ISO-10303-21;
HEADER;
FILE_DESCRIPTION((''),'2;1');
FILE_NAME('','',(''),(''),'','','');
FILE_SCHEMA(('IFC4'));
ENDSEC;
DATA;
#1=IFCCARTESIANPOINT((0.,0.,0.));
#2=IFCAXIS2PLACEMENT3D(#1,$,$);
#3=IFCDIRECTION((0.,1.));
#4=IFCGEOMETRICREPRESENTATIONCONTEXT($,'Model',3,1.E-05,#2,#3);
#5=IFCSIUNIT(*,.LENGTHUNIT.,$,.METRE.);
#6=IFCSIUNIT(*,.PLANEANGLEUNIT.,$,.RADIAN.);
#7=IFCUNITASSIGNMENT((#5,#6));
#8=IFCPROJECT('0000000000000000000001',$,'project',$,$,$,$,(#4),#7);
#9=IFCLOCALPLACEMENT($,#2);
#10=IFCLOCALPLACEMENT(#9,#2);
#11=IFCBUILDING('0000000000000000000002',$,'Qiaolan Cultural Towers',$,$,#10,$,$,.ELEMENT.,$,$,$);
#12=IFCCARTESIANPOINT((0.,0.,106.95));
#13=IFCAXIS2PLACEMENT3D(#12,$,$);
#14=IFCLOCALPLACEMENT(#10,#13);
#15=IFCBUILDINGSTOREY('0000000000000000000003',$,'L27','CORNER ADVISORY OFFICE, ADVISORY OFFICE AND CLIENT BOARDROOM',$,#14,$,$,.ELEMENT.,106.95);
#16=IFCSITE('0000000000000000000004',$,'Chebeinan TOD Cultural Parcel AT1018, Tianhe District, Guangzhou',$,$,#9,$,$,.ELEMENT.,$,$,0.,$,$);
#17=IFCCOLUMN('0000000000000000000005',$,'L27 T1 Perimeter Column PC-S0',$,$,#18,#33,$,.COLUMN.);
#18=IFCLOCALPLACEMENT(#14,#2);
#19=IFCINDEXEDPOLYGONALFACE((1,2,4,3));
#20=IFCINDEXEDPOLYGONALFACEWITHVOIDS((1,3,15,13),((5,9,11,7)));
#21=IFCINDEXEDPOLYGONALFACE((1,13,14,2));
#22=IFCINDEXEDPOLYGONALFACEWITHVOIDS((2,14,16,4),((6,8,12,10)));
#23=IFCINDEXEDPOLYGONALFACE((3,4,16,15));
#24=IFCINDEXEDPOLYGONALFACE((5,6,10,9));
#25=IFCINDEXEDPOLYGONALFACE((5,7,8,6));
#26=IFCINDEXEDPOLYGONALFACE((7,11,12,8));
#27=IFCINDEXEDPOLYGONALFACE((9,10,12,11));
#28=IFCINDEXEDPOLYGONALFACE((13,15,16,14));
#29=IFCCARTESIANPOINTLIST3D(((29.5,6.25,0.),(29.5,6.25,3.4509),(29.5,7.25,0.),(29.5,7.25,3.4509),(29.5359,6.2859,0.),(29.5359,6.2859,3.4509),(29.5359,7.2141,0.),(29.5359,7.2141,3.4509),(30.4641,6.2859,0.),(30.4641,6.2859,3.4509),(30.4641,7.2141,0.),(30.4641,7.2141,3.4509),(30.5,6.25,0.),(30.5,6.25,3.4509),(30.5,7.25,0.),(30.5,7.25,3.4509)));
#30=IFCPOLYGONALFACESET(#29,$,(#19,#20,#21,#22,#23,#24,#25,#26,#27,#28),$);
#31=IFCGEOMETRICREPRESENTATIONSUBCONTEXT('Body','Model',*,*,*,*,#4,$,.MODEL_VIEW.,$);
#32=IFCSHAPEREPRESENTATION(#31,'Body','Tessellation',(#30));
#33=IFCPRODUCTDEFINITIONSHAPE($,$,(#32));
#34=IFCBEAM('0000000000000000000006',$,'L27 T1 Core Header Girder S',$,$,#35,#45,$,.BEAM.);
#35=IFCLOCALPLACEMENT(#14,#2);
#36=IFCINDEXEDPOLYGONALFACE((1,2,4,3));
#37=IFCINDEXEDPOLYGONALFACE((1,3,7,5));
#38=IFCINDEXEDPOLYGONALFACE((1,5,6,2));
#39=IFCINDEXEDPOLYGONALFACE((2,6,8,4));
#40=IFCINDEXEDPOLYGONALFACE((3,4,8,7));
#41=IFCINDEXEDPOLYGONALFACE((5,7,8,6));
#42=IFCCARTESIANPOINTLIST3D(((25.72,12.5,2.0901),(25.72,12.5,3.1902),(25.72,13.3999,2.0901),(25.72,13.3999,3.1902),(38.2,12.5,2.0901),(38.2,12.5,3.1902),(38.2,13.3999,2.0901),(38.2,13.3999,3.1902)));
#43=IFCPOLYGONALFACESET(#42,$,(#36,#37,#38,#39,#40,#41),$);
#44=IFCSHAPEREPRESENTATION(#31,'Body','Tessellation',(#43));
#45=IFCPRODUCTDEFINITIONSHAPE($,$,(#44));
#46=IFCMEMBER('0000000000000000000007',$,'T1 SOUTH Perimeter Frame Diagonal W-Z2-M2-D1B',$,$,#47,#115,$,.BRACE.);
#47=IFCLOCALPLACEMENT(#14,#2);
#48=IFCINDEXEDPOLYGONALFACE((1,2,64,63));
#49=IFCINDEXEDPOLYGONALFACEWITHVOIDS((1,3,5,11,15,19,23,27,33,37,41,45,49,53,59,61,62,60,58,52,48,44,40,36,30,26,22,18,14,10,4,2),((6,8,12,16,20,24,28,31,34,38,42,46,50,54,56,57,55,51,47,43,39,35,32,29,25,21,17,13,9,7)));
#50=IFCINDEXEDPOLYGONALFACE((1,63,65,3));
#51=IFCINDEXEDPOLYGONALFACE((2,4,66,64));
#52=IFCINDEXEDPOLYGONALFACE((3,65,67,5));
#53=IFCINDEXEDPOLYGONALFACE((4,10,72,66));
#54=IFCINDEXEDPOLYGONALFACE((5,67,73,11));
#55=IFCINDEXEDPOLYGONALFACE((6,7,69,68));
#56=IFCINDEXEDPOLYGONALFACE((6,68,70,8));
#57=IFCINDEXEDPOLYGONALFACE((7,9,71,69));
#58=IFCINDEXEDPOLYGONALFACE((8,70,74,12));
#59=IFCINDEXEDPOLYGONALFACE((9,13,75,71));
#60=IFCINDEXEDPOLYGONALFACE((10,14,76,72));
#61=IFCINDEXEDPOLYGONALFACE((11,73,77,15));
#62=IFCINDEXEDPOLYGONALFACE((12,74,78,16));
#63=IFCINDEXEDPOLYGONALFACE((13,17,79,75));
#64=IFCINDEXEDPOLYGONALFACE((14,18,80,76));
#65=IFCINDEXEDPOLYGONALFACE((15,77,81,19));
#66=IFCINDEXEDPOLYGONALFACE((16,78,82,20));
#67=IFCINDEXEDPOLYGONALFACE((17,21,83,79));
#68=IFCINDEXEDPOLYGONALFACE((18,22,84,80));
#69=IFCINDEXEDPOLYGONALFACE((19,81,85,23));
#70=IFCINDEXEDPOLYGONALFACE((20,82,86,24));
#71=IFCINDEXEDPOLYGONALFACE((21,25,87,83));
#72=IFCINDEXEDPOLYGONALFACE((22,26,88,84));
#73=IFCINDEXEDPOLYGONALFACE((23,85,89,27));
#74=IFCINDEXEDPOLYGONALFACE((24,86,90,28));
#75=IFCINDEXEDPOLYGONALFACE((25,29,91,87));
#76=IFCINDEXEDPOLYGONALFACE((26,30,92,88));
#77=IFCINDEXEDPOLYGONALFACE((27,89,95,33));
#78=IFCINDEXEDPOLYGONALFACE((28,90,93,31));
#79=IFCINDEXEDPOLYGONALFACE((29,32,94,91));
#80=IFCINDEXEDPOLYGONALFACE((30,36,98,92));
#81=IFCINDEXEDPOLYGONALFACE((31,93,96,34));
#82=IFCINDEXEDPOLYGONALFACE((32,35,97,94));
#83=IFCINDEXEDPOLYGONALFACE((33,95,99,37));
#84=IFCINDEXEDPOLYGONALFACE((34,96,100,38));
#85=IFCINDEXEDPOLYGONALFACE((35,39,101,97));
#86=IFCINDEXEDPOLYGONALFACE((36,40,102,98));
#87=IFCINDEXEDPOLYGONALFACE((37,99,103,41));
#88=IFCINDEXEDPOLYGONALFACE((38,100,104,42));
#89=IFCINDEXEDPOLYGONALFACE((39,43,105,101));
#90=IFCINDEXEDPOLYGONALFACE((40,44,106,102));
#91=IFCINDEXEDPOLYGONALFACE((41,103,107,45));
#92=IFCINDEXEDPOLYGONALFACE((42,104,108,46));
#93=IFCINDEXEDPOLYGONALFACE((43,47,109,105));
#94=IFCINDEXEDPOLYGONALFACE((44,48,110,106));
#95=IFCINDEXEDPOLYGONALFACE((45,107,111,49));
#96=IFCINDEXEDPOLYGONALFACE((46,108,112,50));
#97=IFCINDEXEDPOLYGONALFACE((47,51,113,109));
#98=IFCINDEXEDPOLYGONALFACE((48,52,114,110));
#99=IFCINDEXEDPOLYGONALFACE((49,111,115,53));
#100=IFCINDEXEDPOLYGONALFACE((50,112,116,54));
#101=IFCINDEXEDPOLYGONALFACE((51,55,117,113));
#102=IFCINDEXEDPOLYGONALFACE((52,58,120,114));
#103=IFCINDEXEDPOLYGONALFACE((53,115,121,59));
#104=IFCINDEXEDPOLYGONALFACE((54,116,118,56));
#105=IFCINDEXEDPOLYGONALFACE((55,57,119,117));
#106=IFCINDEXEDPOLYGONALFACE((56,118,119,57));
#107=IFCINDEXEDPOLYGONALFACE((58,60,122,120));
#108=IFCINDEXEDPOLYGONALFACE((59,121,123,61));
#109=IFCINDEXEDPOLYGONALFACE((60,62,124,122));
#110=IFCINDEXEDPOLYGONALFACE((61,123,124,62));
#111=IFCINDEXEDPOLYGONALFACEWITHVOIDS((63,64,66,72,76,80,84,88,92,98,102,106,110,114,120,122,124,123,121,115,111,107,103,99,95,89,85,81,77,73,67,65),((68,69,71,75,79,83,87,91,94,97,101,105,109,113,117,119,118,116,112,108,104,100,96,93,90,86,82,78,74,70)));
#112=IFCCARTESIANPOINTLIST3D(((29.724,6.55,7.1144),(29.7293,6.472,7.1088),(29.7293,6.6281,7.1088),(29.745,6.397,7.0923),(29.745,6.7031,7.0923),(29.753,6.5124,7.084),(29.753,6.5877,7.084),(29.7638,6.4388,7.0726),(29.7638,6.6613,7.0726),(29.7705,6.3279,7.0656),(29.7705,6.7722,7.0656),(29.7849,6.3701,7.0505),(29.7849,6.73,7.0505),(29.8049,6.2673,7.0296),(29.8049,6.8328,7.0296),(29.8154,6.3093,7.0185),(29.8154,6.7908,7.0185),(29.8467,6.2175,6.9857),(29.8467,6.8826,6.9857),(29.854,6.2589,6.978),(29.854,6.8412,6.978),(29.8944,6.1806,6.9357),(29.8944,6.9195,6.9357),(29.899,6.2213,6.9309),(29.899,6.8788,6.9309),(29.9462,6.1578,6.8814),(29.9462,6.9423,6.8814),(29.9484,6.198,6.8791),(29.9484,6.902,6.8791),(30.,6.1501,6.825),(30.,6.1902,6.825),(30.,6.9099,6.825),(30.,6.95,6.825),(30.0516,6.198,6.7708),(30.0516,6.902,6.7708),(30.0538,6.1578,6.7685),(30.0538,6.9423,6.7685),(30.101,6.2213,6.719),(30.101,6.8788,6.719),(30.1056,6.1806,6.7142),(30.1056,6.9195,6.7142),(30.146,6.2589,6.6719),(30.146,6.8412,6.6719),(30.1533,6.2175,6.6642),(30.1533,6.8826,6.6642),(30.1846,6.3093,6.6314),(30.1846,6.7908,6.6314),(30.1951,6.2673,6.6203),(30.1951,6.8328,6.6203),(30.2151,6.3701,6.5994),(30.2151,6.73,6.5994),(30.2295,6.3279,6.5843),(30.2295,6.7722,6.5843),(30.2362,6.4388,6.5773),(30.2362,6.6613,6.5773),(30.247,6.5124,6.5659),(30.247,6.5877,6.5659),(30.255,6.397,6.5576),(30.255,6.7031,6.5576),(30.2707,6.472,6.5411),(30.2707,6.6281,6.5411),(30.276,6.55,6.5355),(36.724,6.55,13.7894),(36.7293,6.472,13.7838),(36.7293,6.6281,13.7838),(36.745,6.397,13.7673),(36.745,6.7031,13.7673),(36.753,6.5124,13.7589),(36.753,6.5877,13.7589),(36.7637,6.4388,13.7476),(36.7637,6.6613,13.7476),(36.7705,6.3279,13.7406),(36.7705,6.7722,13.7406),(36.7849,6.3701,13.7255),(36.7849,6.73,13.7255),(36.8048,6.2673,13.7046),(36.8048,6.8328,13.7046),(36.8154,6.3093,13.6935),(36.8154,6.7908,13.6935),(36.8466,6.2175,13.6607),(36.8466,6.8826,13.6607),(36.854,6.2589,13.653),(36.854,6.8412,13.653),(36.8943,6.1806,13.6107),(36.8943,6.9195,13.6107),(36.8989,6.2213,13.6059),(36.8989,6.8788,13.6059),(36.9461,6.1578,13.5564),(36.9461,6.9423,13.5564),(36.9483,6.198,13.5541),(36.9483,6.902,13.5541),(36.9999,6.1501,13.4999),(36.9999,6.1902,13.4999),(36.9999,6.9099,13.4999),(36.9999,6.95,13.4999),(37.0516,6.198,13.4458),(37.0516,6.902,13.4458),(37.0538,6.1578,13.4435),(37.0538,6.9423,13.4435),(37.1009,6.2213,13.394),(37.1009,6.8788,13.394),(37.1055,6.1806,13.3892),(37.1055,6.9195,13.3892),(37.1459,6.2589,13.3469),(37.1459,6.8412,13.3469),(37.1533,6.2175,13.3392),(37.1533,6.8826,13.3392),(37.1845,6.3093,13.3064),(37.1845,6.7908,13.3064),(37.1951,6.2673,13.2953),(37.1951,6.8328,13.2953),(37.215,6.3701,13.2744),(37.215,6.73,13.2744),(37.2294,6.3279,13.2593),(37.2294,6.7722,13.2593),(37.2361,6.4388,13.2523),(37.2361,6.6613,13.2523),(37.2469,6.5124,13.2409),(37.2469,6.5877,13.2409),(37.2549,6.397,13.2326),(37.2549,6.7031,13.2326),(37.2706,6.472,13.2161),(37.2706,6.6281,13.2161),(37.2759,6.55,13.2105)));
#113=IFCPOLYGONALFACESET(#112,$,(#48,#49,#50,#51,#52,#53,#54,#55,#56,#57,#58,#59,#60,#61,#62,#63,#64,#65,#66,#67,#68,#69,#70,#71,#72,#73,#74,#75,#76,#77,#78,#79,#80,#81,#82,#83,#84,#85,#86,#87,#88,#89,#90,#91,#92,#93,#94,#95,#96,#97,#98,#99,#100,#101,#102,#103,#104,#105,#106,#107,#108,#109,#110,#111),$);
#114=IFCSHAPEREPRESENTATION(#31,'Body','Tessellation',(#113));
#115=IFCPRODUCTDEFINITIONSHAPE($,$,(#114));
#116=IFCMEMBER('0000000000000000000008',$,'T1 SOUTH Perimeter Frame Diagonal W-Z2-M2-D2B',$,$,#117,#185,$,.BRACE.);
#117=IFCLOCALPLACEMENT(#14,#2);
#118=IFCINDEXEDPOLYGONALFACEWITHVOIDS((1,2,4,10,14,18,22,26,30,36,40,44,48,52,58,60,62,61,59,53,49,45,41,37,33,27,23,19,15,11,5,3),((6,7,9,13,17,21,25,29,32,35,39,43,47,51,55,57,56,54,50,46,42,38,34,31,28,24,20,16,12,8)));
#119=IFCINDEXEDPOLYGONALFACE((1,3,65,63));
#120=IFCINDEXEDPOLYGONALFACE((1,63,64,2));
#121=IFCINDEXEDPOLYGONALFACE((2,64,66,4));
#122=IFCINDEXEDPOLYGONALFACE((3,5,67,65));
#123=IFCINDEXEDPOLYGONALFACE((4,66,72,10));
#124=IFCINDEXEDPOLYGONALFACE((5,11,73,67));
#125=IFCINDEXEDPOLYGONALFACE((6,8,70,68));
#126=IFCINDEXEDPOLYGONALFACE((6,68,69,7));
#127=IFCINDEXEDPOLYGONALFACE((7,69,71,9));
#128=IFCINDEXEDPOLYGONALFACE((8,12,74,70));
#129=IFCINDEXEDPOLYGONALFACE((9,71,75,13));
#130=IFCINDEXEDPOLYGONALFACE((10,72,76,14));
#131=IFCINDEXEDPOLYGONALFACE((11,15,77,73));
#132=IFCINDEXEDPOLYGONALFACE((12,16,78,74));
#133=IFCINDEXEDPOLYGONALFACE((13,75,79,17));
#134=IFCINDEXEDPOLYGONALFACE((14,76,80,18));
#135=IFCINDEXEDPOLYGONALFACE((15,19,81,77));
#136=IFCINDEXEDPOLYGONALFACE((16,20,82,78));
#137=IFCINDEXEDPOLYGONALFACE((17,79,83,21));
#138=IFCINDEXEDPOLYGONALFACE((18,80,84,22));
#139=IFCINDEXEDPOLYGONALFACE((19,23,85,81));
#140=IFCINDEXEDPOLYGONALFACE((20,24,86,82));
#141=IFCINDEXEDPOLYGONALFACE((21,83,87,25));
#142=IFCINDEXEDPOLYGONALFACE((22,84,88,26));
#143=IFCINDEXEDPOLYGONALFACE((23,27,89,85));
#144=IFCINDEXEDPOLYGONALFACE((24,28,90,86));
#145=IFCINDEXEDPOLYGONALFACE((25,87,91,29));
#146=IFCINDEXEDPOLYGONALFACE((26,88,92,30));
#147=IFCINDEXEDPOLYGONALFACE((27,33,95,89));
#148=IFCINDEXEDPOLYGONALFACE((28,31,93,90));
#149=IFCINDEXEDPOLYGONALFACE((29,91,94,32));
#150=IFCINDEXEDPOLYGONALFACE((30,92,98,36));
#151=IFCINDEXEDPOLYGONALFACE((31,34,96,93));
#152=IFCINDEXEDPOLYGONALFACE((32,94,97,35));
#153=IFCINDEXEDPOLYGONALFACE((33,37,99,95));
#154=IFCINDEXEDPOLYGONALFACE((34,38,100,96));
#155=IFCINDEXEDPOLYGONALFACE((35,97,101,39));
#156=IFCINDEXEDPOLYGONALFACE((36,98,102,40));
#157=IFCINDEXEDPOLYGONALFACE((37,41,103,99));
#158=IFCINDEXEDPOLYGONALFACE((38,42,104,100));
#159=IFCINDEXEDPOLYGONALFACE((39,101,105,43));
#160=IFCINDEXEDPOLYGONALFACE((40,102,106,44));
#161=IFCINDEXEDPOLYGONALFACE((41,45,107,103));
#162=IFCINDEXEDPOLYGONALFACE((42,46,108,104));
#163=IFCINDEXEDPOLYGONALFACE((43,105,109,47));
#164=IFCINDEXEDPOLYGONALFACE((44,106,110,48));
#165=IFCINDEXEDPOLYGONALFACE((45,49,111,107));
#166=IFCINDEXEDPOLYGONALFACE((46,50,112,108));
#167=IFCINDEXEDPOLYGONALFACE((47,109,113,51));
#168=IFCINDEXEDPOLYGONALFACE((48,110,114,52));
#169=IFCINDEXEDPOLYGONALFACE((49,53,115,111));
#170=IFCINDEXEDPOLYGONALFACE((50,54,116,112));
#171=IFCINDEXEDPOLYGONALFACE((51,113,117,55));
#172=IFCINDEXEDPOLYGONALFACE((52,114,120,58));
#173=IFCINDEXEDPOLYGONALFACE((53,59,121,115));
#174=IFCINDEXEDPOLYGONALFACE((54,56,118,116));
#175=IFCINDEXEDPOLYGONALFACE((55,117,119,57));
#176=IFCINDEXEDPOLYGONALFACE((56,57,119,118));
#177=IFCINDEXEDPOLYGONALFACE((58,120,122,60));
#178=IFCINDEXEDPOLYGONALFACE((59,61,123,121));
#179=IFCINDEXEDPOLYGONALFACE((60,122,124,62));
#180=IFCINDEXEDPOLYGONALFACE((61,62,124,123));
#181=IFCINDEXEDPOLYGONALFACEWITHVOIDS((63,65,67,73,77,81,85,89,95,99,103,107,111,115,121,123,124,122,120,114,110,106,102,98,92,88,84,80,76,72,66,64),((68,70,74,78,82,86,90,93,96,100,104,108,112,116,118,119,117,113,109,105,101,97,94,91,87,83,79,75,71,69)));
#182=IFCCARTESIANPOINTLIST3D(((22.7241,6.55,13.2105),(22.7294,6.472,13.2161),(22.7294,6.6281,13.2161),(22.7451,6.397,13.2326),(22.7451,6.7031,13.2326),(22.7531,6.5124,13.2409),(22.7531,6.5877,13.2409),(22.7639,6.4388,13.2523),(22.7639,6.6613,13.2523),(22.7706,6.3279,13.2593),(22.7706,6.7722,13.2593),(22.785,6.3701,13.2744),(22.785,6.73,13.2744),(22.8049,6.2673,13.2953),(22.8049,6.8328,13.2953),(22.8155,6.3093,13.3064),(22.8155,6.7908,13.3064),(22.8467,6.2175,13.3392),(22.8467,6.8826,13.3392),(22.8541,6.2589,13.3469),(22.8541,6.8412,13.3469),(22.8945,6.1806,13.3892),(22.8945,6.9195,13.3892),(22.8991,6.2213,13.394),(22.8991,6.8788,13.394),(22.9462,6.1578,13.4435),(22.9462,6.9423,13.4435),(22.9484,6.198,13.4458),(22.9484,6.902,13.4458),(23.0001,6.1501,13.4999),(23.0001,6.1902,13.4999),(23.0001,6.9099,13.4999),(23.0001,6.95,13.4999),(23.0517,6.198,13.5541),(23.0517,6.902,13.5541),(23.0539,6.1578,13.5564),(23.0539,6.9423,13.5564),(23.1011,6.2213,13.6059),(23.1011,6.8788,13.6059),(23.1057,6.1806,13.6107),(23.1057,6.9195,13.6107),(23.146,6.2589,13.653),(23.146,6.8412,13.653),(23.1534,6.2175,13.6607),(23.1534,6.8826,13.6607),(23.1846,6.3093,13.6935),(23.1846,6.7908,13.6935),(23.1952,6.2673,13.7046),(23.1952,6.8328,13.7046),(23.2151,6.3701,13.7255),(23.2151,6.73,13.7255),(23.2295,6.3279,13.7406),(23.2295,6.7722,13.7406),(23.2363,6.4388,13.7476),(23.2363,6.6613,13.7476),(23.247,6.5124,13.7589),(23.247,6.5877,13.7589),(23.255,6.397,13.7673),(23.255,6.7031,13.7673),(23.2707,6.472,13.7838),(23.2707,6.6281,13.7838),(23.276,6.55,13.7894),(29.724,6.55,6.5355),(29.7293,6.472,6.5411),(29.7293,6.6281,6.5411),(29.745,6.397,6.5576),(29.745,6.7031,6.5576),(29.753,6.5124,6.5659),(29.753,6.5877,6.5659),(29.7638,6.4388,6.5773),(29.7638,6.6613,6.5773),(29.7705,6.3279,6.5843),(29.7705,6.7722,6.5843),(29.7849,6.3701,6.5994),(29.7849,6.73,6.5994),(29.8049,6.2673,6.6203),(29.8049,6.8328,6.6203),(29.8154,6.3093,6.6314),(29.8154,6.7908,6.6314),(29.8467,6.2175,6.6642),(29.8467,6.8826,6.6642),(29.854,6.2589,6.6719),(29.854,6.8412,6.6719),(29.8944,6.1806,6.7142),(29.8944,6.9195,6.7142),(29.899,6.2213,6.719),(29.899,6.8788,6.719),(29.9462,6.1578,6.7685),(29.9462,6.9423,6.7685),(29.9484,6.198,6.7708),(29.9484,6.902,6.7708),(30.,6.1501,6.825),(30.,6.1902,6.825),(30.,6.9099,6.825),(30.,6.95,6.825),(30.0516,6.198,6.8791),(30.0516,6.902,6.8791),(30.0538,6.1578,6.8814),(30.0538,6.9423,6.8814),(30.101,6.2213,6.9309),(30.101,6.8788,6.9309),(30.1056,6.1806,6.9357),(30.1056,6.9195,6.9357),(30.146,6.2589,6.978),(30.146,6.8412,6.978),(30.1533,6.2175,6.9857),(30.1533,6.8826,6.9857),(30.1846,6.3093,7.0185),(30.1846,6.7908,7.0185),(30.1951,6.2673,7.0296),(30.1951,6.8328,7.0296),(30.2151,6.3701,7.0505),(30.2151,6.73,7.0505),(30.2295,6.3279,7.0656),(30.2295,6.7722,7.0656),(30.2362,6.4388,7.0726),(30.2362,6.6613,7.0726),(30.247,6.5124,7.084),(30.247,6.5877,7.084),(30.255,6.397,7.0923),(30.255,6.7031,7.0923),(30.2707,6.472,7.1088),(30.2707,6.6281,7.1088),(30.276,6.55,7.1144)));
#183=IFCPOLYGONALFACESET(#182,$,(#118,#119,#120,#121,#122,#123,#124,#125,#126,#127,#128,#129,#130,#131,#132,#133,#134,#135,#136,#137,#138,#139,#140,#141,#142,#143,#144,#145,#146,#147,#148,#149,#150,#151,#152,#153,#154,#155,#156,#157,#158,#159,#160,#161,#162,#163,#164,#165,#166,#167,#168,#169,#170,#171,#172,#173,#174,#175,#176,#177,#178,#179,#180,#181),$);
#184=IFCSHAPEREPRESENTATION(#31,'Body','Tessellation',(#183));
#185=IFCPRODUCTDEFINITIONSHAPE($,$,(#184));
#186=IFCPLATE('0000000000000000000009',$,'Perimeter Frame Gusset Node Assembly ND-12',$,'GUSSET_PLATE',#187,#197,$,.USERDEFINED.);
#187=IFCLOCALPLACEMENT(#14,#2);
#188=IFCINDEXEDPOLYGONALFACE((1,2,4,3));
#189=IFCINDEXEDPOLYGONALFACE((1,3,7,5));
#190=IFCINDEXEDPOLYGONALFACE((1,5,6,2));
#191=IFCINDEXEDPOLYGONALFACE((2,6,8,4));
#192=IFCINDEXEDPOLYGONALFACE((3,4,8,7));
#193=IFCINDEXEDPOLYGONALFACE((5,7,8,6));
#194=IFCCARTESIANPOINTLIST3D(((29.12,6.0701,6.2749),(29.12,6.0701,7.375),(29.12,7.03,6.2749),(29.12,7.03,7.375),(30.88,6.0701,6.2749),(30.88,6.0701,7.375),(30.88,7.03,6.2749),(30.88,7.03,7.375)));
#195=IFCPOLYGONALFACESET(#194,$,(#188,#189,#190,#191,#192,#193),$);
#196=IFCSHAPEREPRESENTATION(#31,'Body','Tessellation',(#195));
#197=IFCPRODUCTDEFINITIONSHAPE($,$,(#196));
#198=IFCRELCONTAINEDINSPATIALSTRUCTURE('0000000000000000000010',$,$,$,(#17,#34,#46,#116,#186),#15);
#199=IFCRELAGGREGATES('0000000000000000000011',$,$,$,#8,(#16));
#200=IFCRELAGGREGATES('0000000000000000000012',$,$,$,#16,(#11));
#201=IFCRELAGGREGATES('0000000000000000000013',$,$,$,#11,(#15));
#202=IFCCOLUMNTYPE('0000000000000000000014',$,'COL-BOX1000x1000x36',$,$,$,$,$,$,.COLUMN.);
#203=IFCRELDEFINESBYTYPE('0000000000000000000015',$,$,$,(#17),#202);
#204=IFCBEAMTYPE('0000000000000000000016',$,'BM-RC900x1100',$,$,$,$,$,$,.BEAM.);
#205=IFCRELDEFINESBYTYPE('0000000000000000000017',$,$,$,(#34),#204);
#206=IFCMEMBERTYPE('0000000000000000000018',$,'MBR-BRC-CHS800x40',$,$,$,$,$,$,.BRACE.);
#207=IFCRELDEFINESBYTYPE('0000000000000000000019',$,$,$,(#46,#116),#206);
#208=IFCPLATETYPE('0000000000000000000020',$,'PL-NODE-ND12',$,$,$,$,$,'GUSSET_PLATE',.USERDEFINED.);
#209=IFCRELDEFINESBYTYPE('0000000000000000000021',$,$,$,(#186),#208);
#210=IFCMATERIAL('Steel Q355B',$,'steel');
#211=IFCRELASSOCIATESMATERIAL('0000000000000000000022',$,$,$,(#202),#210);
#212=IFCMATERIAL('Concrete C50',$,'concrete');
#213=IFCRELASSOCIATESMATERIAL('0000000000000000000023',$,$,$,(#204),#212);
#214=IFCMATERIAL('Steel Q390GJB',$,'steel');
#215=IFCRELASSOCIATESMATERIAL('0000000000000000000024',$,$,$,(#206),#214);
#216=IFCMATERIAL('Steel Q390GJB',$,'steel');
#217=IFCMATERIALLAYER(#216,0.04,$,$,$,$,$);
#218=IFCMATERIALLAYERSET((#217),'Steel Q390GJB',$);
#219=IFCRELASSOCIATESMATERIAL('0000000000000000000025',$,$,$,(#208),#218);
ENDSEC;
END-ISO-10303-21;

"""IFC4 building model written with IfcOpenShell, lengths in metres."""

from ifc_helpers import new_model, si_unit, direction, frame, origin, origin_2d, place, context, subcontext, project, spatial, rectangle, hollow_rectangle, hollow_circle, extrude, material, layer, layer_set, material_profile, profile_set, type_object, element, save


model = new_model("IFC4")

# Units and contexts
model_context = context("Model", 3, precision=1e-05, world=origin(), true_north=direction((0.0, 1.0)))
body_context = subcontext(model_context, "Body", "Model", "MODEL_VIEW")
ifc_project = project(units=[si_unit("LENGTHUNIT", "METRE"), si_unit("PLANEANGLEUNIT", "RADIAN")], contexts=[model_context])

# Site, building, storey
site_placement = place(None, origin())
site = spatial("IfcSite", under=ifc_project, at=site_placement, Name="Chebeinan TOD Cultural Parcel AT1018, Tianhe District, Guangzhou", CompositionType="ELEMENT", RefElevation=0.0)
building_placement = place(site_placement, origin())
building = spatial("IfcBuilding", under=site, at=building_placement, Name="Qiaolan Cultural Towers", CompositionType="ELEMENT")
storey_placement = place(building_placement, frame((0.0, 0.0, 106.95)))
storey = spatial("IfcBuildingStorey", under=building, at=storey_placement, Name="L27", Description="CORNER ADVISORY OFFICE, ADVISORY OFFICE AND CLIENT BOARDROOM", CompositionType="ELEMENT", Elevation=106.95)

# Column
ifc_material_1 = material(Name="Steel Q355B", Category="steel")
ifc_material_profile_1 = material_profile(ifc_material_1, hollow_rectangle(XDim=1.0, YDim=1.0, WallThickness=0.0359, at=origin_2d()), Name="BOX1000x1000x36")
ifc_profile_set_1 = profile_set([ifc_material_profile_1], Name="Steel Q355B")
column_type = type_object("IfcColumnType", Name="COL-BOX1000x1000x36", PredefinedType="COLUMN", material=ifc_profile_set_1)
column_placement = place(storey_placement, frame((30.0, 6.75, 0.0), z_axis=(0.0, 0.0, 1.0), x_axis=(1.0, 0.0, 0.0)))
element("IfcColumn", 1, at=column_placement, inside=storey, type_object=column_type, Name="L27 T1 Perimeter Column PC-S0", PredefinedType="COLUMN", context=body_context, shape_type="SweptSolid", body=[
    extrude(hollow_rectangle(XDim=1.0, YDim=1.0, WallThickness=0.0359, at=origin_2d()), origin(), (0.0, 0.0, 1.0), 3.4509),
])

# Beam
ifc_material_2 = material(Name="Concrete C50", Category="concrete")
ifc_material_profile_2 = material_profile(ifc_material_2, rectangle(XDim=0.8999, YDim=1.1001, at=origin_2d()), Name="RC900x1100")
ifc_profile_set_2 = profile_set([ifc_material_profile_2], Name="Concrete C50")
beam_type = type_object("IfcBeamType", Name="BM-RC900x1100", PredefinedType="BEAM", material=ifc_profile_set_2)
beam_placement = place(storey_placement, frame((25.72, 12.95, 2.6401), z_axis=(1.0, 0.0, 0.0), x_axis=(0.0, 1.0, 0.0)))
element("IfcBeam", 2, at=beam_placement, inside=storey, type_object=beam_type, Name="L27 T1 Core Header Girder S", PredefinedType="BEAM", context=body_context, shape_type="SweptSolid", body=[
    extrude(rectangle(XDim=0.8999, YDim=1.1001, at=origin_2d()), origin(), (0.0, 0.0, 1.0), 12.48),
])

# Members
ifc_material_3 = material(Name="Steel Q390GJB", Category="steel")
ifc_material_profile_3 = material_profile(ifc_material_3, hollow_circle(Radius=0.3999, WallThickness=0.04, at=origin_2d()), Name="CHS800x40")
ifc_profile_set_3 = profile_set([ifc_material_profile_3], Name="Steel Q390GJB")
member_type = type_object("IfcMemberType", Name="MBR-BRC-CHS800x40", PredefinedType="BRACE", material=ifc_profile_set_3)
for number, where, z_axis, x_axis, name in (
    (3, (30.0, 6.55, 6.825), (0.723705, 0.0, 0.690109), (0.0, 1.0, 0.0), "T1 SOUTH Perimeter Frame Diagonal W-Z2-M2-D1B"),
    (4, (30.0, 6.55, 6.825), (-0.723705, 0.0, 0.690109), (0.0, -1.0, 0.0), "T1 SOUTH Perimeter Frame Diagonal W-Z2-M2-D2B"),
):
    element("IfcMember", number, at=place(storey_placement, frame(where, z_axis=z_axis, x_axis=x_axis)), inside=storey, type_object=member_type, Name=name, PredefinedType="BRACE", context=body_context, shape_type="SweptSolid", body=[
        extrude(hollow_circle(Radius=0.3999, WallThickness=0.04, at=origin_2d()), origin(), (0.0, 0.0, 1.0), 9.6724),
    ])

# Plate
ifc_material_4 = material(Name="Steel Q390GJB", Category="steel")
ifc_layer_1 = layer(ifc_material_4, 0.04)
ifc_layer_set_1 = layer_set([ifc_layer_1], Name="Steel Q390GJB")
plate_type = type_object("IfcPlateType", Name="PL-NODE-ND12", ElementType="GUSSET_PLATE", PredefinedType="USERDEFINED", material=ifc_layer_set_1)
plate_placement = place(storey_placement, frame((30.0, 6.55, 6.2749), z_axis=(0.0, 0.0, 1.0), x_axis=(1.0, 0.0, 0.0)))
element("IfcPlate", 5, at=plate_placement, inside=storey, type_object=plate_type, Name="Perimeter Frame Gusset Node Assembly ND-12", ObjectType="GUSSET_PLATE", PredefinedType="USERDEFINED", context=body_context, shape_type="SweptSolid", body=[
    extrude(rectangle(XDim=1.76, YDim=0.96, at=origin_2d()), origin(), (0.0, 0.0, 1.0), 1.1001),
])

save(model, "model.ifc")
